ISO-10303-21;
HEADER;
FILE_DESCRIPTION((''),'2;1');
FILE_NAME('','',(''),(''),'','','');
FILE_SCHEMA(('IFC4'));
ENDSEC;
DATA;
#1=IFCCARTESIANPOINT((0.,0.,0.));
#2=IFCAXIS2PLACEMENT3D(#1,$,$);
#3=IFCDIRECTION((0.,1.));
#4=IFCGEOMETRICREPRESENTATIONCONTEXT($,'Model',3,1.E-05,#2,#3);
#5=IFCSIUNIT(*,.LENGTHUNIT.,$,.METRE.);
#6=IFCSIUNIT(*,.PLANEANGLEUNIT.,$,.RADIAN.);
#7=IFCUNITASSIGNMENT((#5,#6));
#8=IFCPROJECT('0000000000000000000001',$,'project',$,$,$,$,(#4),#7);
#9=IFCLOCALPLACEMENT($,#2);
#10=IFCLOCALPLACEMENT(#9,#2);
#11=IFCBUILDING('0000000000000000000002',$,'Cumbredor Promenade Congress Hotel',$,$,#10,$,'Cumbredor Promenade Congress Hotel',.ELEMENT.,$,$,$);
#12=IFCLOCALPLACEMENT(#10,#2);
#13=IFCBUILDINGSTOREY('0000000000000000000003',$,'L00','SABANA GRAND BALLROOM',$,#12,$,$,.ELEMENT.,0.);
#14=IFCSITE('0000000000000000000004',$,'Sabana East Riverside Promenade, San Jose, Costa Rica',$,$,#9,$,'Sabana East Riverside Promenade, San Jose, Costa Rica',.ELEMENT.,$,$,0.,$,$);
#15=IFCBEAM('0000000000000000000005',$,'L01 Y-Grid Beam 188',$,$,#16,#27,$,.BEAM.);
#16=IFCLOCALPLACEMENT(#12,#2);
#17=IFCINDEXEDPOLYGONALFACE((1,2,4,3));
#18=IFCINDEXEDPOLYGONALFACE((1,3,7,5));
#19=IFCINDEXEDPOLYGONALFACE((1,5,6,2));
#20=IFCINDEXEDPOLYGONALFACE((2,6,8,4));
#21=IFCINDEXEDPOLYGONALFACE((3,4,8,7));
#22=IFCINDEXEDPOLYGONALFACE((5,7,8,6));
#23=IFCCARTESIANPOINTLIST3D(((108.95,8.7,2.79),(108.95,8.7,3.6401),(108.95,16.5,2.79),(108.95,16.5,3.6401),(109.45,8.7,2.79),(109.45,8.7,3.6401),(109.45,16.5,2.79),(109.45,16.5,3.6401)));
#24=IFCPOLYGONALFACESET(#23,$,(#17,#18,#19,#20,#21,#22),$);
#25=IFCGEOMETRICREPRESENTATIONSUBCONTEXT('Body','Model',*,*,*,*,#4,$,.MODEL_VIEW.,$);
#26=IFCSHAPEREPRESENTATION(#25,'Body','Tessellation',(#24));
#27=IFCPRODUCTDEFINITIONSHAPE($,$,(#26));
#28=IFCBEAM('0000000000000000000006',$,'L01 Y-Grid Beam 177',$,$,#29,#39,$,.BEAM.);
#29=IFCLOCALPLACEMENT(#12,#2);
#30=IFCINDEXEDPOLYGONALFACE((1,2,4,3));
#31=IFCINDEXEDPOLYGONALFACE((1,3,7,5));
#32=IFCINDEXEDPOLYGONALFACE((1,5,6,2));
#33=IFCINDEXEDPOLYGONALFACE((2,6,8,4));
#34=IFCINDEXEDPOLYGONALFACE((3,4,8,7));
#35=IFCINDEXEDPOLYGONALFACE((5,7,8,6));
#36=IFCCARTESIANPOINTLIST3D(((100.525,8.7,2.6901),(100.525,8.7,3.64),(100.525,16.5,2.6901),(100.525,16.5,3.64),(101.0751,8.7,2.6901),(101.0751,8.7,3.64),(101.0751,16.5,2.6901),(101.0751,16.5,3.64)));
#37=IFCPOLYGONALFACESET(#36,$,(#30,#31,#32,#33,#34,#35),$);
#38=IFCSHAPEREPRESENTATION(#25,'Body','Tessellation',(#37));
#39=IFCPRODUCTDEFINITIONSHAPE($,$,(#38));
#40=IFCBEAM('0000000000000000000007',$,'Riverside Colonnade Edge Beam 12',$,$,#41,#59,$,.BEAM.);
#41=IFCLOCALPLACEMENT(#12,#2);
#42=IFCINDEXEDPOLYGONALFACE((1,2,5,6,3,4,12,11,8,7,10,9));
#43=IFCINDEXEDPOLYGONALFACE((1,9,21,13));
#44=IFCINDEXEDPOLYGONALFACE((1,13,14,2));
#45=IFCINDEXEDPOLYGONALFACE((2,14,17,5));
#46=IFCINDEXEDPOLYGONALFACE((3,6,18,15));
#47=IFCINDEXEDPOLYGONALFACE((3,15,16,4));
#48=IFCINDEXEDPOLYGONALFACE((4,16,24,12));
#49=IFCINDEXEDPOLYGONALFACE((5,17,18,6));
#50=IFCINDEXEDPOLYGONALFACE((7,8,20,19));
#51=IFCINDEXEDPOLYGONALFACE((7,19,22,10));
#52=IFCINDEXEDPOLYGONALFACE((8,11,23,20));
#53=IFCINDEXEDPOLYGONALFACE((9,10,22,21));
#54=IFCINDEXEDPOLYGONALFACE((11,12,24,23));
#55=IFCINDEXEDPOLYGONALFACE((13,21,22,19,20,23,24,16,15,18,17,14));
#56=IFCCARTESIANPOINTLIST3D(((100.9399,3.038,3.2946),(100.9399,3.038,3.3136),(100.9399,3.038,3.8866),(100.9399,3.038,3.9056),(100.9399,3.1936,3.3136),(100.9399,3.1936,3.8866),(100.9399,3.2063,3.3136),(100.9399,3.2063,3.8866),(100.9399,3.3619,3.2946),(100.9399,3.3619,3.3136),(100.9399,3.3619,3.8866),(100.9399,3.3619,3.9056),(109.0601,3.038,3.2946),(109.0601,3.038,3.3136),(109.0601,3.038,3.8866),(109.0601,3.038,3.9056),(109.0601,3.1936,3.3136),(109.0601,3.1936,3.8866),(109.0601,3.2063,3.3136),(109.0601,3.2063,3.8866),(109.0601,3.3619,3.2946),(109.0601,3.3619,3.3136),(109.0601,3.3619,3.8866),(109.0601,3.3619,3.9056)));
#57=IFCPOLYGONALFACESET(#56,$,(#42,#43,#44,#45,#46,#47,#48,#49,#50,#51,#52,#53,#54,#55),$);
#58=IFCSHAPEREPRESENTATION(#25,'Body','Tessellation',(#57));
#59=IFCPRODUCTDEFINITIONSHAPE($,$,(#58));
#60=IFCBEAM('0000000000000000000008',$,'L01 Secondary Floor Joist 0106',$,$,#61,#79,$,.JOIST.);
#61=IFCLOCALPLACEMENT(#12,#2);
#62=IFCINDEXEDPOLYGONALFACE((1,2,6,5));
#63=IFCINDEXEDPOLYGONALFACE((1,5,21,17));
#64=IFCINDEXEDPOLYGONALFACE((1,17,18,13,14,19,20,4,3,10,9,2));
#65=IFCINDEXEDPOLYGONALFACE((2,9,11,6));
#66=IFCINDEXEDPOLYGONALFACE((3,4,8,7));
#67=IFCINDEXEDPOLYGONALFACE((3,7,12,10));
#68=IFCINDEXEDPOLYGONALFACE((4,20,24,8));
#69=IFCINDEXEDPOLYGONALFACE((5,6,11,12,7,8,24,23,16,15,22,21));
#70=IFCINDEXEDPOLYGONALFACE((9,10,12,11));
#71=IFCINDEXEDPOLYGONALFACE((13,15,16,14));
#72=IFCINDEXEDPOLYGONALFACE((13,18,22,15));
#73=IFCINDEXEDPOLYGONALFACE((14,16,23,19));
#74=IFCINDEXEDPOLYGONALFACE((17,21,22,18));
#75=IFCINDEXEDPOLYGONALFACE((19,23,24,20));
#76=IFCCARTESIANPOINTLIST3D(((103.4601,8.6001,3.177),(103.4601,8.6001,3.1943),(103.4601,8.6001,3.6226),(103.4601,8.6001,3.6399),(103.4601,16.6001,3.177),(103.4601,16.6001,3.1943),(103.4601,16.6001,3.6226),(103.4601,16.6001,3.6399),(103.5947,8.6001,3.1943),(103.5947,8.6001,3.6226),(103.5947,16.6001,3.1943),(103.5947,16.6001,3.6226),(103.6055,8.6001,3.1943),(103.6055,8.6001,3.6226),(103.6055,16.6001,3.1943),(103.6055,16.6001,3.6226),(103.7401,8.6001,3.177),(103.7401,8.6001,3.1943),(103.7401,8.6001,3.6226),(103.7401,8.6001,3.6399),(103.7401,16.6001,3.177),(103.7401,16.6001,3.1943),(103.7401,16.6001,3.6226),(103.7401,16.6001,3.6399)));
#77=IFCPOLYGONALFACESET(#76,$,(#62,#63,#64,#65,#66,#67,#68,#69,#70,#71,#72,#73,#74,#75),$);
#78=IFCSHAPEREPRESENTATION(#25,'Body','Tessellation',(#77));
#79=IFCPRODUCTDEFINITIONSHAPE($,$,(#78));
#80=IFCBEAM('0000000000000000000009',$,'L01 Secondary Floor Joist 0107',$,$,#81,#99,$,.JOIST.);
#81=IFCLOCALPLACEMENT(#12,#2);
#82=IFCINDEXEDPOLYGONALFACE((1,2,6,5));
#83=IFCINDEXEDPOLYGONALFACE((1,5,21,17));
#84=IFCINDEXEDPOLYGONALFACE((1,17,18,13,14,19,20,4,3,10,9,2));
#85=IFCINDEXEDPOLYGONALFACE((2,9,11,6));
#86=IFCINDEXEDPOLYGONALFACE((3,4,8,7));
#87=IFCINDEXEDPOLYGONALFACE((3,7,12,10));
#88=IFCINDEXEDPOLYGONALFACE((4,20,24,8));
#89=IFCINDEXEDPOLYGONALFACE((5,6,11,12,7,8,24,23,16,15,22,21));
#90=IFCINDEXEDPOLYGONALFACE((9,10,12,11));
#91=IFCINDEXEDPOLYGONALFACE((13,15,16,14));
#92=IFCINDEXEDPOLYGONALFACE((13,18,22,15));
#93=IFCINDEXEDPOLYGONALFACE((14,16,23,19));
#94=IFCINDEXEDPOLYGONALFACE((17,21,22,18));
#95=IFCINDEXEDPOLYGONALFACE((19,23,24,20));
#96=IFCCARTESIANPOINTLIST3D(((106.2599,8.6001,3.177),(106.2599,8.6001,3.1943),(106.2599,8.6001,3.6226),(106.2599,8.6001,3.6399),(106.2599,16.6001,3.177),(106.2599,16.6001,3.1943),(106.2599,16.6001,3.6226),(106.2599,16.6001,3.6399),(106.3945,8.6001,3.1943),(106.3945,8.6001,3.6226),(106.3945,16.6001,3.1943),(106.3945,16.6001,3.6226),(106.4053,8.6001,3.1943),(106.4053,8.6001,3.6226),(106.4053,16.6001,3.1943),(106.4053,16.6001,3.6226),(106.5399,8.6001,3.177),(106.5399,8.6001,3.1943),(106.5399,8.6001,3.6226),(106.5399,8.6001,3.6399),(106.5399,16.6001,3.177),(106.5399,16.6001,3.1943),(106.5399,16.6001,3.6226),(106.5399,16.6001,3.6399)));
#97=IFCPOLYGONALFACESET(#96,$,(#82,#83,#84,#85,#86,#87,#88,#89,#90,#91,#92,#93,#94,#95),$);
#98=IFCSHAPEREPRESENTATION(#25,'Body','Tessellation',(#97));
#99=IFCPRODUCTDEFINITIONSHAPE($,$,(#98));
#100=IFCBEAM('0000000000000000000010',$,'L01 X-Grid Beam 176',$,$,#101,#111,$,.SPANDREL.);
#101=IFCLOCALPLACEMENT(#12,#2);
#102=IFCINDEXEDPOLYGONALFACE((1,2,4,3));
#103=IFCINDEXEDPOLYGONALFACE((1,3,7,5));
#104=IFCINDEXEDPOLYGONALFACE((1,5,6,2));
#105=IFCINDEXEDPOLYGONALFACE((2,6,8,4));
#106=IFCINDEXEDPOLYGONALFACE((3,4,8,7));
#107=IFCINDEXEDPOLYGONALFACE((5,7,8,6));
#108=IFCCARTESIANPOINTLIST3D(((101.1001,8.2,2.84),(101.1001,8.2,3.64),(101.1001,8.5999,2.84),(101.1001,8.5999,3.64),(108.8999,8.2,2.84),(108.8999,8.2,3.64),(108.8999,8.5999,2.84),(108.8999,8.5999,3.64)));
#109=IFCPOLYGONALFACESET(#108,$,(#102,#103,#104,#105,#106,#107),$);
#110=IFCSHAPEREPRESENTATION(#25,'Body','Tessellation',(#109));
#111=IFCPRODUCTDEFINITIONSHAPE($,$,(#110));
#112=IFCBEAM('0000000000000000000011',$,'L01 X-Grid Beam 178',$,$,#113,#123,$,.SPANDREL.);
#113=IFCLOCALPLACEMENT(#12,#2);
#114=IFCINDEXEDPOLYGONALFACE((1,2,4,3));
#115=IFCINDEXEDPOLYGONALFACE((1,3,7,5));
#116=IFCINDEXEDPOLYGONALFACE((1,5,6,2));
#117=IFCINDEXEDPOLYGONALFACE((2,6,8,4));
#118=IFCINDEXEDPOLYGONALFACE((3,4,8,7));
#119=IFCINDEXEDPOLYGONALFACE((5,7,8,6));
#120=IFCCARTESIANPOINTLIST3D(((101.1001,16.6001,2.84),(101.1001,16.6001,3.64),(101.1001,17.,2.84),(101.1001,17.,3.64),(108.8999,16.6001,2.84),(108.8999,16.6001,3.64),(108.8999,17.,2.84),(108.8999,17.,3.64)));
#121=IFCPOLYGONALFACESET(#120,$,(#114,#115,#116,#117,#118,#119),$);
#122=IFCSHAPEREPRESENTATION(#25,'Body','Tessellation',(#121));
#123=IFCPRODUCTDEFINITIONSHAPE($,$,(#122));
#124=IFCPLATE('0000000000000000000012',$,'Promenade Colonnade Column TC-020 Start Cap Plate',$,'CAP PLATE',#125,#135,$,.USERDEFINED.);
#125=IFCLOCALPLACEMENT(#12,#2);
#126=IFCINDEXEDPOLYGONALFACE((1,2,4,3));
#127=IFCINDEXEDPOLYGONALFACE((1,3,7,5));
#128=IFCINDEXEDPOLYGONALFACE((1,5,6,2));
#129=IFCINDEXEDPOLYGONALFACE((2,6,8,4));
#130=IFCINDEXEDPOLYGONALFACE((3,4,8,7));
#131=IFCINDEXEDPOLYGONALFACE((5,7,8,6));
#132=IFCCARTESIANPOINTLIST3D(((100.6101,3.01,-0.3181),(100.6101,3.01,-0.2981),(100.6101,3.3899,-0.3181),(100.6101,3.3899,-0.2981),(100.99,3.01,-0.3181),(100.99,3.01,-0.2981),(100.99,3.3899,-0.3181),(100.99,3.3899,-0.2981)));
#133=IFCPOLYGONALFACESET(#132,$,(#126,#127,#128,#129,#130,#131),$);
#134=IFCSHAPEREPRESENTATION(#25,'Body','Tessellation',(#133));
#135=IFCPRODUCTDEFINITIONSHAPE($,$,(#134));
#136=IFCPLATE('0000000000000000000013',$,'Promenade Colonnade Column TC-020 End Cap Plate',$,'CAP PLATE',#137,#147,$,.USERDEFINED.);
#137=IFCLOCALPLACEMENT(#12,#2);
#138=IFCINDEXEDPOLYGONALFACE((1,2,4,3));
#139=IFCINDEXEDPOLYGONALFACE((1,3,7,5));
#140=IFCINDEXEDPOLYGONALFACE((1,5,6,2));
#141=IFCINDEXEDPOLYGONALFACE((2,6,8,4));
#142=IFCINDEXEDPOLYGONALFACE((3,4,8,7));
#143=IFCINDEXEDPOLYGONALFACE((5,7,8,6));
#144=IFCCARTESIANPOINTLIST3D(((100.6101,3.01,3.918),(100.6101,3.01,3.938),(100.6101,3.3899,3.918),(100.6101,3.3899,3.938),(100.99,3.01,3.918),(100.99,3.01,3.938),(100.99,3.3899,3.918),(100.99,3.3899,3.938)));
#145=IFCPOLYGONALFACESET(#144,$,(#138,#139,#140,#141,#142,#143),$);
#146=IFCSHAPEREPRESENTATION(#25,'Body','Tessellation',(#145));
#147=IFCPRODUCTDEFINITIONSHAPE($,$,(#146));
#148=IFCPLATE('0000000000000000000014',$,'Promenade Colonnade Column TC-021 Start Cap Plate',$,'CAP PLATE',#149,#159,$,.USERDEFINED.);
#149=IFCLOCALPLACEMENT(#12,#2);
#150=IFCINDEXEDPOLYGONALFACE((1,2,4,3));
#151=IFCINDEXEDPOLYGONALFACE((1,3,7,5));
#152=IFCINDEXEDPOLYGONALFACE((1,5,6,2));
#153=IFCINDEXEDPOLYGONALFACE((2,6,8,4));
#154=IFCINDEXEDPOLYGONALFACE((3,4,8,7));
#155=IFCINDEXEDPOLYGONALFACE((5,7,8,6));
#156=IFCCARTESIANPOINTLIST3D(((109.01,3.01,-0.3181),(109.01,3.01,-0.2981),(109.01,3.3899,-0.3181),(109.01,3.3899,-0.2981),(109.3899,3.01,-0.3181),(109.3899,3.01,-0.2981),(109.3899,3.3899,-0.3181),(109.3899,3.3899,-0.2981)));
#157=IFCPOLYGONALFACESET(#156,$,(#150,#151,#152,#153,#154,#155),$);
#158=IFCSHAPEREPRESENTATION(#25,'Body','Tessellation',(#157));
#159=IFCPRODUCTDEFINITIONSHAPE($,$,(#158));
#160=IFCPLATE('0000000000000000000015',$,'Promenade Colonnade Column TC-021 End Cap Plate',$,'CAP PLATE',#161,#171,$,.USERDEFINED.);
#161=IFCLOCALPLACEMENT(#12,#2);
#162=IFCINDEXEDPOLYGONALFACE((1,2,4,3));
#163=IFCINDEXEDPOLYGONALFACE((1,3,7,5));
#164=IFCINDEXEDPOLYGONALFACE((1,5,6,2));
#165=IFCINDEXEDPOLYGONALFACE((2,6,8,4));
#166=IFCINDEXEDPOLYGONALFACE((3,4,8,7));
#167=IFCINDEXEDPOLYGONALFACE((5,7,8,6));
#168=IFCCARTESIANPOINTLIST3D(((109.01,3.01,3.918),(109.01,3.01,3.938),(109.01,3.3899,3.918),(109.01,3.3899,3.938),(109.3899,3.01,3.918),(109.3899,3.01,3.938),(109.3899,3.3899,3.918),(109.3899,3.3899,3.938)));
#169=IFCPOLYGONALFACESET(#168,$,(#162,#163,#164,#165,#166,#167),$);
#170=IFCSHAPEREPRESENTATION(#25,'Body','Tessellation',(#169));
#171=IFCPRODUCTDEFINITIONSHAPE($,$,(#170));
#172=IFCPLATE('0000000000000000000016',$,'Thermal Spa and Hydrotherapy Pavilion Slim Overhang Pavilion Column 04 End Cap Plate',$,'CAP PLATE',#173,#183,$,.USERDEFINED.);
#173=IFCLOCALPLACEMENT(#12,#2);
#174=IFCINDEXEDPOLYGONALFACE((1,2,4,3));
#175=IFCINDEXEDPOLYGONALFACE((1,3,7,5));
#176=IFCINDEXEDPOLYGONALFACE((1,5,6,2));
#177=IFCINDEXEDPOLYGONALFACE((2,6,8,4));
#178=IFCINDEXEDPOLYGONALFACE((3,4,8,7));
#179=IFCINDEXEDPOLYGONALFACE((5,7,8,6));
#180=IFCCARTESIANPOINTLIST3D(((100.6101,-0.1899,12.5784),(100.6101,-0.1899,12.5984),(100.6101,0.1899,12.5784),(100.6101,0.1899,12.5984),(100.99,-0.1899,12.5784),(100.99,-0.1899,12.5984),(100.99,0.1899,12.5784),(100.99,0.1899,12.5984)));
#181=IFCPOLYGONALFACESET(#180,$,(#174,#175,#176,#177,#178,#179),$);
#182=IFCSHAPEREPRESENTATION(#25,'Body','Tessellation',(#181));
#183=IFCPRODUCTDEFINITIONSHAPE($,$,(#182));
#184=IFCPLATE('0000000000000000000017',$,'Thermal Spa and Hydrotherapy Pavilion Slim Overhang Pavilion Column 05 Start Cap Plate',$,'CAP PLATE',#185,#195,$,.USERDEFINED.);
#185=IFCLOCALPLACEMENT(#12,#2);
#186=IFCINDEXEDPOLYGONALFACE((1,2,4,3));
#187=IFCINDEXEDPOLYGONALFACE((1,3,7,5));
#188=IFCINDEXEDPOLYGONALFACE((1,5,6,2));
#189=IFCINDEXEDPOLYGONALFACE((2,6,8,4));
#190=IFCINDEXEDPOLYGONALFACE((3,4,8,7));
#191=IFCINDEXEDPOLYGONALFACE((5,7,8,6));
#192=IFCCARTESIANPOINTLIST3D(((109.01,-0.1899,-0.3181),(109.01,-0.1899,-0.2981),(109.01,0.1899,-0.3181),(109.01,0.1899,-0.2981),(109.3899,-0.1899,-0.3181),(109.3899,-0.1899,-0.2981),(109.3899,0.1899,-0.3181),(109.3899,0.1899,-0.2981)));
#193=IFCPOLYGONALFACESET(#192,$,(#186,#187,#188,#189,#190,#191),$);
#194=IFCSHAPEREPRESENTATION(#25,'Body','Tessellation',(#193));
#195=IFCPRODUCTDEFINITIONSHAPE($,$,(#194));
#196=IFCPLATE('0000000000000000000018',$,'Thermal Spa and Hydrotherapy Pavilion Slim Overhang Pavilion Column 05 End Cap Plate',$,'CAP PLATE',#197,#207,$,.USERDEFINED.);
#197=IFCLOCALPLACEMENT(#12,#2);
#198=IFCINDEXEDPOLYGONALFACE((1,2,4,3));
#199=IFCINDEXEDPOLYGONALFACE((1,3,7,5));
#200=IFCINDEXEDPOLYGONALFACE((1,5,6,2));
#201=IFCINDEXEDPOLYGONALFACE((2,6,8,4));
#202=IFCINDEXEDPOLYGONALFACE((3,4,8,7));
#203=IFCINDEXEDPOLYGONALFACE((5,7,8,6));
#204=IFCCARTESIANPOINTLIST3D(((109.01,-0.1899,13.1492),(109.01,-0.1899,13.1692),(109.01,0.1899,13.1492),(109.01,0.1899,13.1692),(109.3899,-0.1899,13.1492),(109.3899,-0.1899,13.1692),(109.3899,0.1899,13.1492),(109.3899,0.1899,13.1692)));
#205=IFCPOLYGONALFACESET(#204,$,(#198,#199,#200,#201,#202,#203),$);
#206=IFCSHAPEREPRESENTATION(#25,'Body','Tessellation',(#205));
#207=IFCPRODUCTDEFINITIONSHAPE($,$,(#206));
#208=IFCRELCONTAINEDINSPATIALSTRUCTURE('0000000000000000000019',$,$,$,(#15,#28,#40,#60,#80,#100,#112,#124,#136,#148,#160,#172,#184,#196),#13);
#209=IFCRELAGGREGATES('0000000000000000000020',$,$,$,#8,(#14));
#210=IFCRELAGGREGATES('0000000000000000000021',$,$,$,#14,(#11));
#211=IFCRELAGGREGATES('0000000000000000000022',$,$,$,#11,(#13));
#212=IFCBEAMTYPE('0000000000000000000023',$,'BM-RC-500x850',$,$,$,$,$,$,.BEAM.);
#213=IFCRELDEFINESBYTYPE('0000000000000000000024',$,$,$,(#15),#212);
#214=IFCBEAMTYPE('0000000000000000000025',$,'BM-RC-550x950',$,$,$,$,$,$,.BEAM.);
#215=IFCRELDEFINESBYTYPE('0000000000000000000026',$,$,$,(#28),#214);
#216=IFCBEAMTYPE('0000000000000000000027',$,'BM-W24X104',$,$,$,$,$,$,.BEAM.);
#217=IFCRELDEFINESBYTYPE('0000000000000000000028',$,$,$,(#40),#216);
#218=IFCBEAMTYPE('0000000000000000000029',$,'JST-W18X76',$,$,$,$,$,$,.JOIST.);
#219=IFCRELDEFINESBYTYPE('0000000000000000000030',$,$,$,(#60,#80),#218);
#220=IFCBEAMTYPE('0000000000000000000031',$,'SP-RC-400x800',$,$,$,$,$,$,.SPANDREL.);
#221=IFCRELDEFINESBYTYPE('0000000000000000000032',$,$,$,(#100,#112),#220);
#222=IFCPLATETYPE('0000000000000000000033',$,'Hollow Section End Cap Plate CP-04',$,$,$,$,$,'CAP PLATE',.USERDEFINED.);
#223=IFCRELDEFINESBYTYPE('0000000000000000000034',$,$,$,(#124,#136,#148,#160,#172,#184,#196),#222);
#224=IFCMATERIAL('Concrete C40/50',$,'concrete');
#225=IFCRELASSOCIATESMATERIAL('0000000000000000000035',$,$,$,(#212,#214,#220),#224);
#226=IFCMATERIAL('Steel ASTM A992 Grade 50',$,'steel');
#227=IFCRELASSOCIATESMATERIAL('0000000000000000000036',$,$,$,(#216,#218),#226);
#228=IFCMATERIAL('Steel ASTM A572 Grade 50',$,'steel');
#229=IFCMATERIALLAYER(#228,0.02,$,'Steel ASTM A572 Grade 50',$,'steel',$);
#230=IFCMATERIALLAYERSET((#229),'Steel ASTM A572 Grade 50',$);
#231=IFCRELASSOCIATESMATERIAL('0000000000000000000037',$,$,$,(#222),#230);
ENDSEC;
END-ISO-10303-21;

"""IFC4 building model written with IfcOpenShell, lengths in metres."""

from ifc_helpers import new_model, si_unit, direction, frame, origin, origin_2d, place, context, subcontext, project, spatial, rectangle, i_section, extrude, material, layer, layer_set, material_profile, profile_set, type_object, element, save


model = new_model("IFC4")

# Units and contexts
model_context = context("Model", 3, precision=1e-05, world=origin(), true_north=direction((0.0, 1.0)))
body_context = subcontext(model_context, "Body", "Model", "MODEL_VIEW")
ifc_project = project(units=[si_unit("LENGTHUNIT", "METRE"), si_unit("PLANEANGLEUNIT", "RADIAN")], contexts=[model_context])

# Site, building, storey
site_placement = place(None, origin())
site = spatial("IfcSite", under=ifc_project, at=site_placement, Name="Sabana East Riverside Promenade, San Jose, Costa Rica", LongName="Sabana East Riverside Promenade, San Jose, Costa Rica", CompositionType="ELEMENT", RefElevation=0.0)
building_placement = place(site_placement, origin())
building = spatial("IfcBuilding", under=site, at=building_placement, Name="Cumbredor Promenade Congress Hotel", LongName="Cumbredor Promenade Congress Hotel", CompositionType="ELEMENT")
storey_placement = place(building_placement, origin())
storey = spatial("IfcBuildingStorey", under=building, at=storey_placement, Name="L00", Description="SABANA GRAND BALLROOM", CompositionType="ELEMENT", Elevation=0.0)

# Shared definitions
ifc_material_1 = material(Name="Concrete C40/50", Category="concrete")

# Beams
ifc_material_profile_1 = material_profile(ifc_material_1, rectangle(XDim=0.5, YDim=0.8501, at=origin_2d()), Name="RC BEAM 500x850")
ifc_profile_set_1 = profile_set([ifc_material_profile_1], Name="Concrete C40/50")
beam_type_1 = type_object("IfcBeamType", Name="BM-RC-500x850", PredefinedType="BEAM", material=ifc_profile_set_1)
beam_1_placement = place(storey_placement, frame((109.2, 8.7, 3.2151), z_axis=(0.0, 1.0, 0.0), x_axis=(-1.0, 0.0, 0.0)))
element("IfcBeam", 1, at=beam_1_placement, inside=storey, type_object=beam_type_1, Name="L01 Y-Grid Beam 188", PredefinedType="BEAM", context=body_context, shape_type="SweptSolid", body=[
    extrude(rectangle(XDim=0.5, YDim=0.8501, at=origin_2d()), origin(), (0.0, 0.0, 1.0), 7.8),
])
ifc_material_profile_2 = material_profile(ifc_material_1, rectangle(XDim=0.55, YDim=0.95, at=origin_2d()), Name="RC BEAM 550x950")
ifc_profile_set_2 = profile_set([ifc_material_profile_2], Name="Concrete C40/50")
beam_type_2 = type_object("IfcBeamType", Name="BM-RC-550x950", PredefinedType="BEAM", material=ifc_profile_set_2)
beam_2_placement = place(storey_placement, frame((100.8, 8.7, 3.165), z_axis=(0.0, 1.0, 0.0), x_axis=(-1.0, 0.0, 0.0)))
element("IfcBeam", 2, at=beam_2_placement, inside=storey, type_object=beam_type_2, Name="L01 Y-Grid Beam 177", PredefinedType="BEAM", context=body_context, shape_type="SweptSolid", body=[
    extrude(rectangle(XDim=0.55, YDim=0.95, at=origin_2d()), origin(), (0.0, 0.0, 1.0), 7.8),
])
ifc_material_2 = material(Name="Steel ASTM A992 Grade 50", Category="steel")
ifc_material_profile_3 = material_profile(ifc_material_2, i_section(OverallWidth=0.324, OverallDepth=0.6111, WebThickness=0.0127, FlangeThickness=0.019, at=origin_2d()), Name="W24X104")
ifc_profile_set_3 = profile_set([ifc_material_profile_3], Name="Steel ASTM A992 Grade 50")
beam_type_3 = type_object("IfcBeamType", Name="BM-W24X104", PredefinedType="BEAM", material=ifc_profile_set_3)
beam_3_placement = place(storey_placement, frame((100.9399, 3.2, 3.6001), z_axis=(1.0, 0.0, 0.0), x_axis=(0.0, 1.0, 0.0)))
element("IfcBeam", 3, at=beam_3_placement, inside=storey, type_object=beam_type_3, Name="Riverside Colonnade Edge Beam 12", PredefinedType="BEAM", context=body_context, shape_type="SweptSolid", body=[
    extrude(i_section(OverallWidth=0.324, OverallDepth=0.6111, WebThickness=0.0127, FlangeThickness=0.019, at=origin_2d()), origin(), (0.0, 0.0, 1.0), 8.1201),
])
ifc_material_profile_4 = material_profile(ifc_material_2, i_section(OverallWidth=0.28, OverallDepth=0.4629, WebThickness=0.0107, FlangeThickness=0.0173, at=origin_2d()), Name="W18X76")
ifc_profile_set_4 = profile_set([ifc_material_profile_4], Name="Steel ASTM A992 Grade 50")
beam_type_4 = type_object("IfcBeamType", Name="JST-W18X76", PredefinedType="JOIST", material=ifc_profile_set_4)
for number, where, z_axis, x_axis, name in (
    (4, (103.6001, 8.6001, 3.4084), (0.0, 1.0, 0.0), (-1.0, 0.0, 0.0), "L01 Secondary Floor Joist 0106"),
    (5, (106.3999, 8.6001, 3.4084), (0.0, 1.0, 0.0), (-1.0, 0.0, 0.0), "L01 Secondary Floor Joist 0107"),
):
    element("IfcBeam", number, at=place(storey_placement, frame(where, z_axis=z_axis, x_axis=x_axis)), inside=storey, type_object=beam_type_4, Name=name, PredefinedType="JOIST", context=body_context, shape_type="SweptSolid", body=[
        extrude(i_section(OverallWidth=0.28, OverallDepth=0.4629, WebThickness=0.0107, FlangeThickness=0.0173, at=origin_2d()), origin(), (0.0, 0.0, 1.0), 8.0),
    ])
ifc_material_profile_5 = material_profile(ifc_material_1, rectangle(XDim=0.3999, YDim=0.8, at=origin_2d()), Name="RC SPANDREL 400x800")
ifc_profile_set_5 = profile_set([ifc_material_profile_5], Name="Concrete C40/50")
beam_type_5 = type_object("IfcBeamType", Name="SP-RC-400x800", PredefinedType="SPANDREL", material=ifc_profile_set_5)
for number, where, z_axis, x_axis, name in (
    (6, (101.1001, 8.3999, 3.24), (1.0, 0.0, 0.0), (0.0, 1.0, 0.0), "L01 X-Grid Beam 176"),
    (7, (101.1001, 16.8, 3.24), (1.0, 0.0, 0.0), (0.0, 1.0, 0.0), "L01 X-Grid Beam 178"),
):
    element("IfcBeam", number, at=place(storey_placement, frame(where, z_axis=z_axis, x_axis=x_axis)), inside=storey, type_object=beam_type_5, Name=name, PredefinedType="SPANDREL", context=body_context, shape_type="SweptSolid", body=[
        extrude(rectangle(XDim=0.3999, YDim=0.8, at=origin_2d()), origin(), (0.0, 0.0, 1.0), 7.7998),
    ])

# Plates
ifc_material_3 = material(Name="Steel ASTM A572 Grade 50", Category="steel")
ifc_layer_1 = layer(ifc_material_3, 0.02, Name="Steel ASTM A572 Grade 50", Category="steel")
ifc_layer_set_1 = layer_set([ifc_layer_1], Name="Steel ASTM A572 Grade 50")
plate_type = type_object("IfcPlateType", Name="Hollow Section End Cap Plate CP-04", ElementType="CAP PLATE", PredefinedType="USERDEFINED", material=ifc_layer_set_1)
for number, where, z_axis, x_axis, name in (
    (8, (100.8, 3.2, -0.3181), (0.0, 0.0, 1.0), (1.0, 0.0, 0.0), "Promenade Colonnade Column TC-020 Start Cap Plate"),
    (9, (100.8, 3.2, 3.918), (0.0, 0.0, 1.0), (1.0, 0.0, 0.0), "Promenade Colonnade Column TC-020 End Cap Plate"),
    (10, (109.2, 3.2, -0.3181), (0.0, 0.0, 1.0), (1.0, 0.0, 0.0), "Promenade Colonnade Column TC-021 Start Cap Plate"),
    (11, (109.2, 3.2, 3.918), (0.0, 0.0, 1.0), (1.0, 0.0, 0.0), "Promenade Colonnade Column TC-021 End Cap Plate"),
    (12, (100.8, 0.0, 12.5784), (0.0, 0.0, 1.0), (1.0, 0.0, 0.0), "Thermal Spa and Hydrotherapy Pavilion Slim Overhang Pavilion Column 04 End Cap Plate"),
    (13, (109.2, 0.0, -0.3181), (0.0, 0.0, 1.0), (1.0, 0.0, 0.0), "Thermal Spa and Hydrotherapy Pavilion Slim Overhang Pavilion Column 05 Start Cap Plate"),
    (14, (109.2, 0.0, 13.1492), (0.0, 0.0, 1.0), (1.0, 0.0, 0.0), "Thermal Spa and Hydrotherapy Pavilion Slim Overhang Pavilion Column 05 End Cap Plate"),
):
    element("IfcPlate", number, at=place(storey_placement, frame(where, z_axis=z_axis, x_axis=x_axis)), inside=storey, type_object=plate_type, Name=name, ObjectType="CAP PLATE", PredefinedType="USERDEFINED", context=body_context, shape_type="SweptSolid", body=[
        extrude(rectangle(XDim=0.3799, YDim=0.3799, at=origin_2d()), origin(), (0.0, 0.0, 1.0), 0.02),
    ])

save(model, "model.ifc")
